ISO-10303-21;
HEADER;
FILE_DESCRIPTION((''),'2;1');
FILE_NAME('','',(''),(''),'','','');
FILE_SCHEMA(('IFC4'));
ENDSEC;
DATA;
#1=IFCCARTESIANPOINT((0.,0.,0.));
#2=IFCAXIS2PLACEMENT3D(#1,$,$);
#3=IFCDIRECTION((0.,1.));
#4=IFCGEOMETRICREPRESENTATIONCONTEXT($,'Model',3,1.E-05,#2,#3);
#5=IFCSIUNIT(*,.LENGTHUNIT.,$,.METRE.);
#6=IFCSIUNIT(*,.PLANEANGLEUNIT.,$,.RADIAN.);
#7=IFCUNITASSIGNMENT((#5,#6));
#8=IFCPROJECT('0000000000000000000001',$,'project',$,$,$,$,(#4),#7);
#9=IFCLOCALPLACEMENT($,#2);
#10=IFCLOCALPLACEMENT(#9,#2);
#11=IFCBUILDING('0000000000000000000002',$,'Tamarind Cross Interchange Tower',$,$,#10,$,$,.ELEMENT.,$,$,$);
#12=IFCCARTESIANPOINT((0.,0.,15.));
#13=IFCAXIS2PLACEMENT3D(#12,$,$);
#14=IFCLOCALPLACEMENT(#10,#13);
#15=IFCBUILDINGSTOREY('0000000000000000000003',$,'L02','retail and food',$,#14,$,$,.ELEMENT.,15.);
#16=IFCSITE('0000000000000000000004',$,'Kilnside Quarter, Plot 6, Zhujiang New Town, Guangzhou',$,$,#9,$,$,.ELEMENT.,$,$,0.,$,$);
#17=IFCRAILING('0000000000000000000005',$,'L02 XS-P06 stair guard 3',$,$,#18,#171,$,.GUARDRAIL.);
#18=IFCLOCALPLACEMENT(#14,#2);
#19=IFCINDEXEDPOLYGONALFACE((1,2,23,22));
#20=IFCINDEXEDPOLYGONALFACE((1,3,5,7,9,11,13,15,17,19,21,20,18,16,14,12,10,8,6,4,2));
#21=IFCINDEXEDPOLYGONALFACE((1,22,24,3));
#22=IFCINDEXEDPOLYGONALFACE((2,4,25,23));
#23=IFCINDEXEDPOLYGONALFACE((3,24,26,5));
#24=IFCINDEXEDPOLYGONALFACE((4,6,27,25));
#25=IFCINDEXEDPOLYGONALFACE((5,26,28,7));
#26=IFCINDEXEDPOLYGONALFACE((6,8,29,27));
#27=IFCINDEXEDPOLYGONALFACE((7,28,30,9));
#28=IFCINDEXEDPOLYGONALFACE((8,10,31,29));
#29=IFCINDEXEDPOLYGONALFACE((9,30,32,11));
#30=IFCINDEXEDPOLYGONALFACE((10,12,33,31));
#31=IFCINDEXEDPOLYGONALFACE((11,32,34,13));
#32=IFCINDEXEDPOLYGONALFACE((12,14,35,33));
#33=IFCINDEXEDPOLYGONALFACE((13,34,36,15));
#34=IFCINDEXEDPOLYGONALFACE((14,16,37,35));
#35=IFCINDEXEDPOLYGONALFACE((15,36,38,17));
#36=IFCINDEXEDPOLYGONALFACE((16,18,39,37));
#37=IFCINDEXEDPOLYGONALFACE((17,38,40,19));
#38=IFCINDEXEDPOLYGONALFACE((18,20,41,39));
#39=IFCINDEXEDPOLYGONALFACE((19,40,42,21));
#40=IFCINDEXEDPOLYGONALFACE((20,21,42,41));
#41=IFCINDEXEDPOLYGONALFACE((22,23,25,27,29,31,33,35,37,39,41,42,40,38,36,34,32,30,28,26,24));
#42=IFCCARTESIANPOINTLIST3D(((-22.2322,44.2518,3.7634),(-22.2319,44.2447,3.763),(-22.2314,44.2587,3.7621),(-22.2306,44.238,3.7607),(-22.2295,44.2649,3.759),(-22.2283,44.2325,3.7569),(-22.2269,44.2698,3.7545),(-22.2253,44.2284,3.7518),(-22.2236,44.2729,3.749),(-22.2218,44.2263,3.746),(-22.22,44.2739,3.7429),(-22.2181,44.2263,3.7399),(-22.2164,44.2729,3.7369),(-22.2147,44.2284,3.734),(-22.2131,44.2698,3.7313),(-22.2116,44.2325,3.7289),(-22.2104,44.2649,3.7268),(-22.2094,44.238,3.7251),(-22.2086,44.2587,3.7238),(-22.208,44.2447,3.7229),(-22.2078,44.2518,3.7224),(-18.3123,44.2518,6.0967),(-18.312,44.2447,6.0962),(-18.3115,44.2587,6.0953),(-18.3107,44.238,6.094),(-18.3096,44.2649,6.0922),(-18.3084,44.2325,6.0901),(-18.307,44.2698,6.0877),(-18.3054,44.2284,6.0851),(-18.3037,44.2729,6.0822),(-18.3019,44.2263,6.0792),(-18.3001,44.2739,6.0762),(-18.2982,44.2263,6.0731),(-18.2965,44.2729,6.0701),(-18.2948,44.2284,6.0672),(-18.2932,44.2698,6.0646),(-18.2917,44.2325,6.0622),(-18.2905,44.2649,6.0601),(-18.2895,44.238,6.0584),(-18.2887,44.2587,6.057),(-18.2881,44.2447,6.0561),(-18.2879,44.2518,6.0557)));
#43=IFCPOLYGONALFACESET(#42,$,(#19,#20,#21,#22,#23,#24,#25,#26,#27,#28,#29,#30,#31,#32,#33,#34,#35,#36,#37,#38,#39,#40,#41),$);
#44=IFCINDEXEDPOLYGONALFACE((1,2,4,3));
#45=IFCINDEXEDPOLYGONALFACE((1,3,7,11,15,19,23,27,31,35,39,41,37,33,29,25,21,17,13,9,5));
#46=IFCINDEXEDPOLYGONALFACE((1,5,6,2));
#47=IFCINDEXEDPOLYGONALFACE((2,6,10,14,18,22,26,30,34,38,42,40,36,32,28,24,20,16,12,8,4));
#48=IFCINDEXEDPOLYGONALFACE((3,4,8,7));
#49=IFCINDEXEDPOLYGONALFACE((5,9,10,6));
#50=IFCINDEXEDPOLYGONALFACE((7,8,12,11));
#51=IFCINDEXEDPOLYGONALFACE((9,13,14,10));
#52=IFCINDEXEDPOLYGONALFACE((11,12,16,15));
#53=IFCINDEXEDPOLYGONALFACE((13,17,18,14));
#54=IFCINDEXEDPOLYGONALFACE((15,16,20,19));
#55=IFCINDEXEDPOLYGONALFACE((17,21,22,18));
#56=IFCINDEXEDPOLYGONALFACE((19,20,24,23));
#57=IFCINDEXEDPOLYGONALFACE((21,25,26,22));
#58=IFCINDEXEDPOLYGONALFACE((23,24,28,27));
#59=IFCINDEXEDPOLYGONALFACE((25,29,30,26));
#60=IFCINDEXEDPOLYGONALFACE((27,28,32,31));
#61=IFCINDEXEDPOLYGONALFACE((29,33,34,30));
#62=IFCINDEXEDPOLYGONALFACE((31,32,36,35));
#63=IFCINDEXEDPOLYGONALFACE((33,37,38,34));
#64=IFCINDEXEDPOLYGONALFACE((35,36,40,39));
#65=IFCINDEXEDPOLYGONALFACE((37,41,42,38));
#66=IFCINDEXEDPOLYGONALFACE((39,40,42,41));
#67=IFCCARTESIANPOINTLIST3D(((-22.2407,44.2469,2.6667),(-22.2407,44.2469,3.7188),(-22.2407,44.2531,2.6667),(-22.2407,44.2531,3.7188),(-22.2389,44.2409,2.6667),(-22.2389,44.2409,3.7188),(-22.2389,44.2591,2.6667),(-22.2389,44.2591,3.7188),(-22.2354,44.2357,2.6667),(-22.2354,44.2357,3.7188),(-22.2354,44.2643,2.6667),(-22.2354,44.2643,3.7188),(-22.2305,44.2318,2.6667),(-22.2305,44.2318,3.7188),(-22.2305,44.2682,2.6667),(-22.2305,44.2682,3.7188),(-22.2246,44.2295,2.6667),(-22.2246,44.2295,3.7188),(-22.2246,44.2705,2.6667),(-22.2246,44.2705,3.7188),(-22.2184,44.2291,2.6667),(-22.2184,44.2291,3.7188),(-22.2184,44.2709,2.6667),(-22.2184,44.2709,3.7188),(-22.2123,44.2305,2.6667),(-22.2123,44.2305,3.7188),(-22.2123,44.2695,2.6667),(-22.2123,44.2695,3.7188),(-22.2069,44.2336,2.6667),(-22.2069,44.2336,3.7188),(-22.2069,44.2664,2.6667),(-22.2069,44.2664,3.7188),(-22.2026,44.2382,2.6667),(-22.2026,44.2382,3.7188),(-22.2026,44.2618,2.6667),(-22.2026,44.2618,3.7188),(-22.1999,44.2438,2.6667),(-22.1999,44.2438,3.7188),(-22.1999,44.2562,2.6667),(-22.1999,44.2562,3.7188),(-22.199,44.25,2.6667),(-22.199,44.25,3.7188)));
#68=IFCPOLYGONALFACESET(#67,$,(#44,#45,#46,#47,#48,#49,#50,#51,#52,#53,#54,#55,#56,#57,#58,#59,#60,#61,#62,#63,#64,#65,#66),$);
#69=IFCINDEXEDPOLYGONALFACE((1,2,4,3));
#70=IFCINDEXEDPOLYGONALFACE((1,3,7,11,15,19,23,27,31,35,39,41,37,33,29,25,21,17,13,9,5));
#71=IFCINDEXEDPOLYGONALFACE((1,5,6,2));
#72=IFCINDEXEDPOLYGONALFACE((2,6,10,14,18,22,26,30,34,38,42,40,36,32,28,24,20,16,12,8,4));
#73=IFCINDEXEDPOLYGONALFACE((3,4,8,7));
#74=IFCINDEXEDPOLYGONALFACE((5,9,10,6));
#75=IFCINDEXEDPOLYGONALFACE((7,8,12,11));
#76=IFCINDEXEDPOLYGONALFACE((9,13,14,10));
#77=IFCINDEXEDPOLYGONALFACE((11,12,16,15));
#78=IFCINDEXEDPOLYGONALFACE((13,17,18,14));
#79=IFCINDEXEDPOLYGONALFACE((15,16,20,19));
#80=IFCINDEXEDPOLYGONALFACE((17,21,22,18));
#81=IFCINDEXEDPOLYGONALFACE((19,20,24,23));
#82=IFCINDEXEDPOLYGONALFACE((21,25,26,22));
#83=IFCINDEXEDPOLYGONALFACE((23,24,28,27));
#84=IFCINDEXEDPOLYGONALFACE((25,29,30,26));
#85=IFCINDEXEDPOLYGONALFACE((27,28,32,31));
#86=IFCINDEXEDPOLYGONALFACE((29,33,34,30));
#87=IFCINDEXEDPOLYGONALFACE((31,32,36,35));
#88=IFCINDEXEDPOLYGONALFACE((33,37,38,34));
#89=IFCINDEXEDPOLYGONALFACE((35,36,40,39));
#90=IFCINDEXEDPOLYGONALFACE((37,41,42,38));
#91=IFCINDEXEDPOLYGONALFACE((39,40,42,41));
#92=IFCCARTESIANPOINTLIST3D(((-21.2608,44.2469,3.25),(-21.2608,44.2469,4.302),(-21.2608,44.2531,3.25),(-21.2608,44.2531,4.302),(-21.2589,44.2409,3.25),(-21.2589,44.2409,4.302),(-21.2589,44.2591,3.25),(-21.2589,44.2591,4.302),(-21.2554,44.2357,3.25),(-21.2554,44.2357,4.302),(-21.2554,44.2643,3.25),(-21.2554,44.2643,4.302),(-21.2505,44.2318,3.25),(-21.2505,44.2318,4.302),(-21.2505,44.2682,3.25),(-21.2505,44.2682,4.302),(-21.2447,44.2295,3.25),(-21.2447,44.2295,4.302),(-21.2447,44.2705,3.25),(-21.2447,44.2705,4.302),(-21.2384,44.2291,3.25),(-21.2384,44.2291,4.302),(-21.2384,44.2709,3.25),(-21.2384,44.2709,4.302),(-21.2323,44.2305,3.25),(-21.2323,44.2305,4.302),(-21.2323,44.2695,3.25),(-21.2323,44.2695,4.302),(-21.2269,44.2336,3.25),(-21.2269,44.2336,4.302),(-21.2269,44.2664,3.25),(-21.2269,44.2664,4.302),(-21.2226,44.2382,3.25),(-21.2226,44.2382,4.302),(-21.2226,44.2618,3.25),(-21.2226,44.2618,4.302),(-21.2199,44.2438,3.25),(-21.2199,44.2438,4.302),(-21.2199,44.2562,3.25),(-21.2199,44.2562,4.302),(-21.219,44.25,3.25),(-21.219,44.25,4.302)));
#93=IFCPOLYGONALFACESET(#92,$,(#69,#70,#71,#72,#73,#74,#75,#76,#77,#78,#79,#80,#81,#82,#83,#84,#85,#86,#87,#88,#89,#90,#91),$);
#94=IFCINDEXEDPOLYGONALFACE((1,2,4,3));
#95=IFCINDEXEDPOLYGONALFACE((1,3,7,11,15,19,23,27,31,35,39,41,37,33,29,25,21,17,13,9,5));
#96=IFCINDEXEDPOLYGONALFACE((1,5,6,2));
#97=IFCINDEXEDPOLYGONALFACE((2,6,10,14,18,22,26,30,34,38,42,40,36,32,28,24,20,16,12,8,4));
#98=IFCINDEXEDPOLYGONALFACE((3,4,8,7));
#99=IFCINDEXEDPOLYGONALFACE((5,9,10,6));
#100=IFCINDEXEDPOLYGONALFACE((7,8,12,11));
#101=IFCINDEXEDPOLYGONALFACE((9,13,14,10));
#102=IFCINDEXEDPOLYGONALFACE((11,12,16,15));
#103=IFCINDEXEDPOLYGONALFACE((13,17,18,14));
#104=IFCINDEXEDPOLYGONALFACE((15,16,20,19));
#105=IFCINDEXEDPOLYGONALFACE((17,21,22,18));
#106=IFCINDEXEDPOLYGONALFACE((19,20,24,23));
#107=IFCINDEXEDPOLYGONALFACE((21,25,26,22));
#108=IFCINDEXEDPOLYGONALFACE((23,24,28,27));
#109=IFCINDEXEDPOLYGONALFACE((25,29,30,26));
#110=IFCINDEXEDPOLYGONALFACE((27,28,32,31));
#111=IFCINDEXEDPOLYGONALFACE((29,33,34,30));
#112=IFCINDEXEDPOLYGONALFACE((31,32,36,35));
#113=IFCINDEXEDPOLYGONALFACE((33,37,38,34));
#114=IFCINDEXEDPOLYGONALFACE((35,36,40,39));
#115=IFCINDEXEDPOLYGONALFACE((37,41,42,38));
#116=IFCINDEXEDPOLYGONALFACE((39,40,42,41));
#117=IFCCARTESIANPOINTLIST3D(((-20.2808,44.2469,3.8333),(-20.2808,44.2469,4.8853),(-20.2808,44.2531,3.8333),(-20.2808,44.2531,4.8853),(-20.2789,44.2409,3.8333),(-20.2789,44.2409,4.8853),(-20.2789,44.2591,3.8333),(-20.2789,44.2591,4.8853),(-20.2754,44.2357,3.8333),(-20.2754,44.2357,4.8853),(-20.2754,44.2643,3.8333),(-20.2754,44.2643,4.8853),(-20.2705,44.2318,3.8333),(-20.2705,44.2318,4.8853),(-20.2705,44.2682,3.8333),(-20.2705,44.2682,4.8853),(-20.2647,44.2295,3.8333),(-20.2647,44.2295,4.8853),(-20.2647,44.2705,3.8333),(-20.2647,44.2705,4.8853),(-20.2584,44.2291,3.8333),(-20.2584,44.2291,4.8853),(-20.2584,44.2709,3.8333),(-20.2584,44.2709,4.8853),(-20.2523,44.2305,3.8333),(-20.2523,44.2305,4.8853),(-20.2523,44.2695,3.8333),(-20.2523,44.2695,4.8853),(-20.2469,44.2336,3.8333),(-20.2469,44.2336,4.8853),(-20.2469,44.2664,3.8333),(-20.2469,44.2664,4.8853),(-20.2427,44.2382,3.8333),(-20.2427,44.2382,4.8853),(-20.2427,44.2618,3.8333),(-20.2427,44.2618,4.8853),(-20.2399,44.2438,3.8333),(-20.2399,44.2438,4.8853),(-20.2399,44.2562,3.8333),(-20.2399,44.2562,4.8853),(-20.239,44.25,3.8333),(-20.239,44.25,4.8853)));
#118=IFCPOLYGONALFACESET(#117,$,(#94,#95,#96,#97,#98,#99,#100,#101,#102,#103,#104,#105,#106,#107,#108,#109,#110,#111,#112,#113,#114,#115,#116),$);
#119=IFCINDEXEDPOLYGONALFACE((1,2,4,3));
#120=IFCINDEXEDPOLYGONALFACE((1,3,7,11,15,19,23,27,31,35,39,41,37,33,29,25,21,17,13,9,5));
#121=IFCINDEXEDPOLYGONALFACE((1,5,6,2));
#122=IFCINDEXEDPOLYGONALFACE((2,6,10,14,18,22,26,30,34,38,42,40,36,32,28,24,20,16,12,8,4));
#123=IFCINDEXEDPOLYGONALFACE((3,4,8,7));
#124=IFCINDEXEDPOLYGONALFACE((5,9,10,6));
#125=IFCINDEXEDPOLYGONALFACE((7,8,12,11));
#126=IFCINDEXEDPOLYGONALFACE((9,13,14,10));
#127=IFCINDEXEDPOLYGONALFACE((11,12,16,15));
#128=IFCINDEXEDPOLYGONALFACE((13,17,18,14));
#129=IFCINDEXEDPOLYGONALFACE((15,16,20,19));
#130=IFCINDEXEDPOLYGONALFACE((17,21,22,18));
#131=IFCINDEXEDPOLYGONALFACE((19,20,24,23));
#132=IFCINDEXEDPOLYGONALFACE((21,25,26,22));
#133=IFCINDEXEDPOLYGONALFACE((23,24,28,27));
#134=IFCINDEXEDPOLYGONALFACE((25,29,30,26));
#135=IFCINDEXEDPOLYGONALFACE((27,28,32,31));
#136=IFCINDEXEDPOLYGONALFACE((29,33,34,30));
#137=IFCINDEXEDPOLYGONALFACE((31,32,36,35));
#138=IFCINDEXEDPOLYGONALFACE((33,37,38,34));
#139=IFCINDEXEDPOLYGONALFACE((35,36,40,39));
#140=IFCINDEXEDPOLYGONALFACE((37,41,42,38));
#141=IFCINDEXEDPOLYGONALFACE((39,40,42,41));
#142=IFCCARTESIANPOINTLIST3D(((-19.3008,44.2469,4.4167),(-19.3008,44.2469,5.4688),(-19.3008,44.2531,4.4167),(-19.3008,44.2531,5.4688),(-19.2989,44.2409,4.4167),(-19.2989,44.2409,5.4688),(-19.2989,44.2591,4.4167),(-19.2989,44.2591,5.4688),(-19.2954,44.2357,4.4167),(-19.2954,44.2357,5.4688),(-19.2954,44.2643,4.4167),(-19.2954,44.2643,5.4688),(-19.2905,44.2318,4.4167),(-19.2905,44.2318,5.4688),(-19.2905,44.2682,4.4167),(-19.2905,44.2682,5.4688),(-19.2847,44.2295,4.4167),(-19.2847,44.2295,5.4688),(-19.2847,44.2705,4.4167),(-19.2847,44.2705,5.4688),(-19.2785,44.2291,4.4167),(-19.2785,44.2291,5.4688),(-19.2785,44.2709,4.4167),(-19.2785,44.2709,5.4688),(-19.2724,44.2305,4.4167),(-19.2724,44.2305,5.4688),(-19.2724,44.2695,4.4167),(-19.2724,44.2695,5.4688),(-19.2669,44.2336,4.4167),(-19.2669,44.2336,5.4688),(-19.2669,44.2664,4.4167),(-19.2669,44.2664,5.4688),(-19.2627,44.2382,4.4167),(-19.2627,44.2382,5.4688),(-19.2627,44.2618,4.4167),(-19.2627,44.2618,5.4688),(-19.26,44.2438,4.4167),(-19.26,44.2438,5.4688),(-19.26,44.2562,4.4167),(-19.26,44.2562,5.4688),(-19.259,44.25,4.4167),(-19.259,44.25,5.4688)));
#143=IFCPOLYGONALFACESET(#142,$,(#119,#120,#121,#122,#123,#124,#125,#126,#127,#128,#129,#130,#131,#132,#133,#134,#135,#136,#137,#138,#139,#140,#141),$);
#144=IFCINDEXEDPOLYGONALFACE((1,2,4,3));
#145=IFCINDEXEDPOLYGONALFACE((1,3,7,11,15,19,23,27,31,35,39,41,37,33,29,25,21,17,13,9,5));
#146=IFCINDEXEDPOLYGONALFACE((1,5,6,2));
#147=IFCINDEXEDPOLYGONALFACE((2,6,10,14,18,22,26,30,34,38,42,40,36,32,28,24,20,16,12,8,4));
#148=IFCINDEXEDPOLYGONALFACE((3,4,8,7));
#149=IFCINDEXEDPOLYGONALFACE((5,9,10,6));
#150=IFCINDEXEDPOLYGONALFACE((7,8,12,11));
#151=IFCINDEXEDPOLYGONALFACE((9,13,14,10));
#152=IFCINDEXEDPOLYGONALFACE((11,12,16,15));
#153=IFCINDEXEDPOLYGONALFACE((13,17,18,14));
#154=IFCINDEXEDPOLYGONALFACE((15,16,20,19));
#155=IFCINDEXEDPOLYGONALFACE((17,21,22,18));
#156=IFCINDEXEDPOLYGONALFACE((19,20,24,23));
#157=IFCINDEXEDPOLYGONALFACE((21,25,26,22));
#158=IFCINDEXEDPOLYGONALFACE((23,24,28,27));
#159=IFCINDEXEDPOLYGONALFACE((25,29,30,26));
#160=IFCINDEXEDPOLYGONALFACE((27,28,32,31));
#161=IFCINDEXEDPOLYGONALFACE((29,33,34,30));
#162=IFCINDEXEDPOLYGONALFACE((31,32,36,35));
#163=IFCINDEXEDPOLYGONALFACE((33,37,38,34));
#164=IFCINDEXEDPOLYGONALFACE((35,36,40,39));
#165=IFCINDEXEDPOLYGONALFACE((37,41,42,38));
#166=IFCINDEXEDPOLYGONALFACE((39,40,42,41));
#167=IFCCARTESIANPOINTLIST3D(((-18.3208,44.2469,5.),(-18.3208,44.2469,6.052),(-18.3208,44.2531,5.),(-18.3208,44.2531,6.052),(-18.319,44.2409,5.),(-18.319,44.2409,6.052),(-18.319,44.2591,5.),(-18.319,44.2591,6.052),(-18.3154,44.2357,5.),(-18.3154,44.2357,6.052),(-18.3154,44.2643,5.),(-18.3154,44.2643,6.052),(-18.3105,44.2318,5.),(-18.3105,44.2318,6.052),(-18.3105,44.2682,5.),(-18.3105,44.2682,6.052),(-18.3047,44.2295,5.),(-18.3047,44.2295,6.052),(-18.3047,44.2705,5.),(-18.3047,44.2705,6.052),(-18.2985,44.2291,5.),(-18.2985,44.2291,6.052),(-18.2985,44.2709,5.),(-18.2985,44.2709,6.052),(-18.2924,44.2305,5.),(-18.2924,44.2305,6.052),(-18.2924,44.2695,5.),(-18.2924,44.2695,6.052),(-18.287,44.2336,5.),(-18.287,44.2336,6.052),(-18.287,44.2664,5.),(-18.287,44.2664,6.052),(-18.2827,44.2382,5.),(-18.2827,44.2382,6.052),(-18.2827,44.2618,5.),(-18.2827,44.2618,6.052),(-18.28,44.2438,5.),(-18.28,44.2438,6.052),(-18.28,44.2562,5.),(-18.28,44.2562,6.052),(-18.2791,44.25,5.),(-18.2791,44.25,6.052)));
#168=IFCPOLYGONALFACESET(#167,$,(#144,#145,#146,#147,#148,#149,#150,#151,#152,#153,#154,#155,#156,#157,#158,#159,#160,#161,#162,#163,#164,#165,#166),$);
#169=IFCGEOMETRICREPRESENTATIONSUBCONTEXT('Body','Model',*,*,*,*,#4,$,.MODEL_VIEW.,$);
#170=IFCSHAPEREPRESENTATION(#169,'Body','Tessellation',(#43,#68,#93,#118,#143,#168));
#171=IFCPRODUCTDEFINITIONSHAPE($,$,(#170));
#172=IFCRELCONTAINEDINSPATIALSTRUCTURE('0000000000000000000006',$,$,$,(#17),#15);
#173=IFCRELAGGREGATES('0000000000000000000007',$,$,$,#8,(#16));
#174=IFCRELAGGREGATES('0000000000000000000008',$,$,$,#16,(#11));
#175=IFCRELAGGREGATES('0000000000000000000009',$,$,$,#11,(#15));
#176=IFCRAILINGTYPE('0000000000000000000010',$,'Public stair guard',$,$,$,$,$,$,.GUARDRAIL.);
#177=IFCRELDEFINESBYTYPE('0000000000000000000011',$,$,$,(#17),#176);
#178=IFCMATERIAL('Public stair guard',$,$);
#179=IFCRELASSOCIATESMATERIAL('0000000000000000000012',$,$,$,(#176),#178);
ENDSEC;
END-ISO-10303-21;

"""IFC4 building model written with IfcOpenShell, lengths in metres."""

from ifc_helpers import new_model, si_unit, direction, frame, origin, origin_2d, place, context, subcontext, project, spatial, circle, extrude, material, type_object, element, save


model = new_model("IFC4")

# Units and contexts
model_context = context("Model", 3, precision=1e-05, world=origin(), true_north=direction((0.0, 1.0)))
body_context = subcontext(model_context, "Body", "Model", "MODEL_VIEW")
ifc_project = project(units=[si_unit("LENGTHUNIT", "METRE"), si_unit("PLANEANGLEUNIT", "RADIAN")], contexts=[model_context])

# Site, building, storey
site_placement = place(None, origin())
site = spatial("IfcSite", under=ifc_project, at=site_placement, Name="Kilnside Quarter, Plot 6, Zhujiang New Town, Guangzhou", CompositionType="ELEMENT", RefElevation=0.0)
building_placement = place(site_placement, origin())
building = spatial("IfcBuilding", under=site, at=building_placement, Name="Tamarind Cross Interchange Tower", CompositionType="ELEMENT")
storey_placement = place(building_placement, frame((0.0, 0.0, 15.0)))
storey = spatial("IfcBuildingStorey", under=building, at=storey_placement, Name="L02", Description="retail and food", CompositionType="ELEMENT", Elevation=15.0)

# Railing
ifc_material_1 = material(Name="Public stair guard")
railing_type_1 = type_object("IfcRailingType", Name="Public stair guard", PredefinedType="GUARDRAIL", material=ifc_material_1)
railing_1_placement = place(storey_placement, frame((-22.22, 44.25, 2.6667)))
element("IfcRailing", 1, at=railing_1_placement, inside=storey, type_object=railing_type_1, Name="L02 XS-P06 stair guard 3", PredefinedType="GUARDRAIL", context=body_context, shape_type="SweptSolid", body=[
    extrude(circle(Radius=0.0239, at=origin_2d()), frame((0.0, 0.0, 1.0762), z_axis=(0.859296, 0.0, 0.511478), x_axis=(0.0, 1.0, 0.0)), (0.0, 0.0, 1.0), 4.5618),
    extrude(circle(Radius=0.021, at=origin_2d()), origin(), (0.0, 0.0, 1.0), 1.052),
    extrude(circle(Radius=0.021, at=origin_2d()), frame((0.98, 0.0, 0.5833)), (0.0, 0.0, 1.0), 1.052),
    extrude(circle(Radius=0.021, at=origin_2d()), frame((1.96, 0.0, 1.1665)), (0.0, 0.0, 1.0), 1.052),
    extrude(circle(Radius=0.021, at=origin_2d()), frame((2.9399, 0.0, 1.75)), (0.0, 0.0, 1.0), 1.052),
    extrude(circle(Radius=0.021, at=origin_2d()), frame((3.9199, 0.0, 2.3333)), (0.0, 0.0, 1.0), 1.052),
])

save(model, "model.ifc")
